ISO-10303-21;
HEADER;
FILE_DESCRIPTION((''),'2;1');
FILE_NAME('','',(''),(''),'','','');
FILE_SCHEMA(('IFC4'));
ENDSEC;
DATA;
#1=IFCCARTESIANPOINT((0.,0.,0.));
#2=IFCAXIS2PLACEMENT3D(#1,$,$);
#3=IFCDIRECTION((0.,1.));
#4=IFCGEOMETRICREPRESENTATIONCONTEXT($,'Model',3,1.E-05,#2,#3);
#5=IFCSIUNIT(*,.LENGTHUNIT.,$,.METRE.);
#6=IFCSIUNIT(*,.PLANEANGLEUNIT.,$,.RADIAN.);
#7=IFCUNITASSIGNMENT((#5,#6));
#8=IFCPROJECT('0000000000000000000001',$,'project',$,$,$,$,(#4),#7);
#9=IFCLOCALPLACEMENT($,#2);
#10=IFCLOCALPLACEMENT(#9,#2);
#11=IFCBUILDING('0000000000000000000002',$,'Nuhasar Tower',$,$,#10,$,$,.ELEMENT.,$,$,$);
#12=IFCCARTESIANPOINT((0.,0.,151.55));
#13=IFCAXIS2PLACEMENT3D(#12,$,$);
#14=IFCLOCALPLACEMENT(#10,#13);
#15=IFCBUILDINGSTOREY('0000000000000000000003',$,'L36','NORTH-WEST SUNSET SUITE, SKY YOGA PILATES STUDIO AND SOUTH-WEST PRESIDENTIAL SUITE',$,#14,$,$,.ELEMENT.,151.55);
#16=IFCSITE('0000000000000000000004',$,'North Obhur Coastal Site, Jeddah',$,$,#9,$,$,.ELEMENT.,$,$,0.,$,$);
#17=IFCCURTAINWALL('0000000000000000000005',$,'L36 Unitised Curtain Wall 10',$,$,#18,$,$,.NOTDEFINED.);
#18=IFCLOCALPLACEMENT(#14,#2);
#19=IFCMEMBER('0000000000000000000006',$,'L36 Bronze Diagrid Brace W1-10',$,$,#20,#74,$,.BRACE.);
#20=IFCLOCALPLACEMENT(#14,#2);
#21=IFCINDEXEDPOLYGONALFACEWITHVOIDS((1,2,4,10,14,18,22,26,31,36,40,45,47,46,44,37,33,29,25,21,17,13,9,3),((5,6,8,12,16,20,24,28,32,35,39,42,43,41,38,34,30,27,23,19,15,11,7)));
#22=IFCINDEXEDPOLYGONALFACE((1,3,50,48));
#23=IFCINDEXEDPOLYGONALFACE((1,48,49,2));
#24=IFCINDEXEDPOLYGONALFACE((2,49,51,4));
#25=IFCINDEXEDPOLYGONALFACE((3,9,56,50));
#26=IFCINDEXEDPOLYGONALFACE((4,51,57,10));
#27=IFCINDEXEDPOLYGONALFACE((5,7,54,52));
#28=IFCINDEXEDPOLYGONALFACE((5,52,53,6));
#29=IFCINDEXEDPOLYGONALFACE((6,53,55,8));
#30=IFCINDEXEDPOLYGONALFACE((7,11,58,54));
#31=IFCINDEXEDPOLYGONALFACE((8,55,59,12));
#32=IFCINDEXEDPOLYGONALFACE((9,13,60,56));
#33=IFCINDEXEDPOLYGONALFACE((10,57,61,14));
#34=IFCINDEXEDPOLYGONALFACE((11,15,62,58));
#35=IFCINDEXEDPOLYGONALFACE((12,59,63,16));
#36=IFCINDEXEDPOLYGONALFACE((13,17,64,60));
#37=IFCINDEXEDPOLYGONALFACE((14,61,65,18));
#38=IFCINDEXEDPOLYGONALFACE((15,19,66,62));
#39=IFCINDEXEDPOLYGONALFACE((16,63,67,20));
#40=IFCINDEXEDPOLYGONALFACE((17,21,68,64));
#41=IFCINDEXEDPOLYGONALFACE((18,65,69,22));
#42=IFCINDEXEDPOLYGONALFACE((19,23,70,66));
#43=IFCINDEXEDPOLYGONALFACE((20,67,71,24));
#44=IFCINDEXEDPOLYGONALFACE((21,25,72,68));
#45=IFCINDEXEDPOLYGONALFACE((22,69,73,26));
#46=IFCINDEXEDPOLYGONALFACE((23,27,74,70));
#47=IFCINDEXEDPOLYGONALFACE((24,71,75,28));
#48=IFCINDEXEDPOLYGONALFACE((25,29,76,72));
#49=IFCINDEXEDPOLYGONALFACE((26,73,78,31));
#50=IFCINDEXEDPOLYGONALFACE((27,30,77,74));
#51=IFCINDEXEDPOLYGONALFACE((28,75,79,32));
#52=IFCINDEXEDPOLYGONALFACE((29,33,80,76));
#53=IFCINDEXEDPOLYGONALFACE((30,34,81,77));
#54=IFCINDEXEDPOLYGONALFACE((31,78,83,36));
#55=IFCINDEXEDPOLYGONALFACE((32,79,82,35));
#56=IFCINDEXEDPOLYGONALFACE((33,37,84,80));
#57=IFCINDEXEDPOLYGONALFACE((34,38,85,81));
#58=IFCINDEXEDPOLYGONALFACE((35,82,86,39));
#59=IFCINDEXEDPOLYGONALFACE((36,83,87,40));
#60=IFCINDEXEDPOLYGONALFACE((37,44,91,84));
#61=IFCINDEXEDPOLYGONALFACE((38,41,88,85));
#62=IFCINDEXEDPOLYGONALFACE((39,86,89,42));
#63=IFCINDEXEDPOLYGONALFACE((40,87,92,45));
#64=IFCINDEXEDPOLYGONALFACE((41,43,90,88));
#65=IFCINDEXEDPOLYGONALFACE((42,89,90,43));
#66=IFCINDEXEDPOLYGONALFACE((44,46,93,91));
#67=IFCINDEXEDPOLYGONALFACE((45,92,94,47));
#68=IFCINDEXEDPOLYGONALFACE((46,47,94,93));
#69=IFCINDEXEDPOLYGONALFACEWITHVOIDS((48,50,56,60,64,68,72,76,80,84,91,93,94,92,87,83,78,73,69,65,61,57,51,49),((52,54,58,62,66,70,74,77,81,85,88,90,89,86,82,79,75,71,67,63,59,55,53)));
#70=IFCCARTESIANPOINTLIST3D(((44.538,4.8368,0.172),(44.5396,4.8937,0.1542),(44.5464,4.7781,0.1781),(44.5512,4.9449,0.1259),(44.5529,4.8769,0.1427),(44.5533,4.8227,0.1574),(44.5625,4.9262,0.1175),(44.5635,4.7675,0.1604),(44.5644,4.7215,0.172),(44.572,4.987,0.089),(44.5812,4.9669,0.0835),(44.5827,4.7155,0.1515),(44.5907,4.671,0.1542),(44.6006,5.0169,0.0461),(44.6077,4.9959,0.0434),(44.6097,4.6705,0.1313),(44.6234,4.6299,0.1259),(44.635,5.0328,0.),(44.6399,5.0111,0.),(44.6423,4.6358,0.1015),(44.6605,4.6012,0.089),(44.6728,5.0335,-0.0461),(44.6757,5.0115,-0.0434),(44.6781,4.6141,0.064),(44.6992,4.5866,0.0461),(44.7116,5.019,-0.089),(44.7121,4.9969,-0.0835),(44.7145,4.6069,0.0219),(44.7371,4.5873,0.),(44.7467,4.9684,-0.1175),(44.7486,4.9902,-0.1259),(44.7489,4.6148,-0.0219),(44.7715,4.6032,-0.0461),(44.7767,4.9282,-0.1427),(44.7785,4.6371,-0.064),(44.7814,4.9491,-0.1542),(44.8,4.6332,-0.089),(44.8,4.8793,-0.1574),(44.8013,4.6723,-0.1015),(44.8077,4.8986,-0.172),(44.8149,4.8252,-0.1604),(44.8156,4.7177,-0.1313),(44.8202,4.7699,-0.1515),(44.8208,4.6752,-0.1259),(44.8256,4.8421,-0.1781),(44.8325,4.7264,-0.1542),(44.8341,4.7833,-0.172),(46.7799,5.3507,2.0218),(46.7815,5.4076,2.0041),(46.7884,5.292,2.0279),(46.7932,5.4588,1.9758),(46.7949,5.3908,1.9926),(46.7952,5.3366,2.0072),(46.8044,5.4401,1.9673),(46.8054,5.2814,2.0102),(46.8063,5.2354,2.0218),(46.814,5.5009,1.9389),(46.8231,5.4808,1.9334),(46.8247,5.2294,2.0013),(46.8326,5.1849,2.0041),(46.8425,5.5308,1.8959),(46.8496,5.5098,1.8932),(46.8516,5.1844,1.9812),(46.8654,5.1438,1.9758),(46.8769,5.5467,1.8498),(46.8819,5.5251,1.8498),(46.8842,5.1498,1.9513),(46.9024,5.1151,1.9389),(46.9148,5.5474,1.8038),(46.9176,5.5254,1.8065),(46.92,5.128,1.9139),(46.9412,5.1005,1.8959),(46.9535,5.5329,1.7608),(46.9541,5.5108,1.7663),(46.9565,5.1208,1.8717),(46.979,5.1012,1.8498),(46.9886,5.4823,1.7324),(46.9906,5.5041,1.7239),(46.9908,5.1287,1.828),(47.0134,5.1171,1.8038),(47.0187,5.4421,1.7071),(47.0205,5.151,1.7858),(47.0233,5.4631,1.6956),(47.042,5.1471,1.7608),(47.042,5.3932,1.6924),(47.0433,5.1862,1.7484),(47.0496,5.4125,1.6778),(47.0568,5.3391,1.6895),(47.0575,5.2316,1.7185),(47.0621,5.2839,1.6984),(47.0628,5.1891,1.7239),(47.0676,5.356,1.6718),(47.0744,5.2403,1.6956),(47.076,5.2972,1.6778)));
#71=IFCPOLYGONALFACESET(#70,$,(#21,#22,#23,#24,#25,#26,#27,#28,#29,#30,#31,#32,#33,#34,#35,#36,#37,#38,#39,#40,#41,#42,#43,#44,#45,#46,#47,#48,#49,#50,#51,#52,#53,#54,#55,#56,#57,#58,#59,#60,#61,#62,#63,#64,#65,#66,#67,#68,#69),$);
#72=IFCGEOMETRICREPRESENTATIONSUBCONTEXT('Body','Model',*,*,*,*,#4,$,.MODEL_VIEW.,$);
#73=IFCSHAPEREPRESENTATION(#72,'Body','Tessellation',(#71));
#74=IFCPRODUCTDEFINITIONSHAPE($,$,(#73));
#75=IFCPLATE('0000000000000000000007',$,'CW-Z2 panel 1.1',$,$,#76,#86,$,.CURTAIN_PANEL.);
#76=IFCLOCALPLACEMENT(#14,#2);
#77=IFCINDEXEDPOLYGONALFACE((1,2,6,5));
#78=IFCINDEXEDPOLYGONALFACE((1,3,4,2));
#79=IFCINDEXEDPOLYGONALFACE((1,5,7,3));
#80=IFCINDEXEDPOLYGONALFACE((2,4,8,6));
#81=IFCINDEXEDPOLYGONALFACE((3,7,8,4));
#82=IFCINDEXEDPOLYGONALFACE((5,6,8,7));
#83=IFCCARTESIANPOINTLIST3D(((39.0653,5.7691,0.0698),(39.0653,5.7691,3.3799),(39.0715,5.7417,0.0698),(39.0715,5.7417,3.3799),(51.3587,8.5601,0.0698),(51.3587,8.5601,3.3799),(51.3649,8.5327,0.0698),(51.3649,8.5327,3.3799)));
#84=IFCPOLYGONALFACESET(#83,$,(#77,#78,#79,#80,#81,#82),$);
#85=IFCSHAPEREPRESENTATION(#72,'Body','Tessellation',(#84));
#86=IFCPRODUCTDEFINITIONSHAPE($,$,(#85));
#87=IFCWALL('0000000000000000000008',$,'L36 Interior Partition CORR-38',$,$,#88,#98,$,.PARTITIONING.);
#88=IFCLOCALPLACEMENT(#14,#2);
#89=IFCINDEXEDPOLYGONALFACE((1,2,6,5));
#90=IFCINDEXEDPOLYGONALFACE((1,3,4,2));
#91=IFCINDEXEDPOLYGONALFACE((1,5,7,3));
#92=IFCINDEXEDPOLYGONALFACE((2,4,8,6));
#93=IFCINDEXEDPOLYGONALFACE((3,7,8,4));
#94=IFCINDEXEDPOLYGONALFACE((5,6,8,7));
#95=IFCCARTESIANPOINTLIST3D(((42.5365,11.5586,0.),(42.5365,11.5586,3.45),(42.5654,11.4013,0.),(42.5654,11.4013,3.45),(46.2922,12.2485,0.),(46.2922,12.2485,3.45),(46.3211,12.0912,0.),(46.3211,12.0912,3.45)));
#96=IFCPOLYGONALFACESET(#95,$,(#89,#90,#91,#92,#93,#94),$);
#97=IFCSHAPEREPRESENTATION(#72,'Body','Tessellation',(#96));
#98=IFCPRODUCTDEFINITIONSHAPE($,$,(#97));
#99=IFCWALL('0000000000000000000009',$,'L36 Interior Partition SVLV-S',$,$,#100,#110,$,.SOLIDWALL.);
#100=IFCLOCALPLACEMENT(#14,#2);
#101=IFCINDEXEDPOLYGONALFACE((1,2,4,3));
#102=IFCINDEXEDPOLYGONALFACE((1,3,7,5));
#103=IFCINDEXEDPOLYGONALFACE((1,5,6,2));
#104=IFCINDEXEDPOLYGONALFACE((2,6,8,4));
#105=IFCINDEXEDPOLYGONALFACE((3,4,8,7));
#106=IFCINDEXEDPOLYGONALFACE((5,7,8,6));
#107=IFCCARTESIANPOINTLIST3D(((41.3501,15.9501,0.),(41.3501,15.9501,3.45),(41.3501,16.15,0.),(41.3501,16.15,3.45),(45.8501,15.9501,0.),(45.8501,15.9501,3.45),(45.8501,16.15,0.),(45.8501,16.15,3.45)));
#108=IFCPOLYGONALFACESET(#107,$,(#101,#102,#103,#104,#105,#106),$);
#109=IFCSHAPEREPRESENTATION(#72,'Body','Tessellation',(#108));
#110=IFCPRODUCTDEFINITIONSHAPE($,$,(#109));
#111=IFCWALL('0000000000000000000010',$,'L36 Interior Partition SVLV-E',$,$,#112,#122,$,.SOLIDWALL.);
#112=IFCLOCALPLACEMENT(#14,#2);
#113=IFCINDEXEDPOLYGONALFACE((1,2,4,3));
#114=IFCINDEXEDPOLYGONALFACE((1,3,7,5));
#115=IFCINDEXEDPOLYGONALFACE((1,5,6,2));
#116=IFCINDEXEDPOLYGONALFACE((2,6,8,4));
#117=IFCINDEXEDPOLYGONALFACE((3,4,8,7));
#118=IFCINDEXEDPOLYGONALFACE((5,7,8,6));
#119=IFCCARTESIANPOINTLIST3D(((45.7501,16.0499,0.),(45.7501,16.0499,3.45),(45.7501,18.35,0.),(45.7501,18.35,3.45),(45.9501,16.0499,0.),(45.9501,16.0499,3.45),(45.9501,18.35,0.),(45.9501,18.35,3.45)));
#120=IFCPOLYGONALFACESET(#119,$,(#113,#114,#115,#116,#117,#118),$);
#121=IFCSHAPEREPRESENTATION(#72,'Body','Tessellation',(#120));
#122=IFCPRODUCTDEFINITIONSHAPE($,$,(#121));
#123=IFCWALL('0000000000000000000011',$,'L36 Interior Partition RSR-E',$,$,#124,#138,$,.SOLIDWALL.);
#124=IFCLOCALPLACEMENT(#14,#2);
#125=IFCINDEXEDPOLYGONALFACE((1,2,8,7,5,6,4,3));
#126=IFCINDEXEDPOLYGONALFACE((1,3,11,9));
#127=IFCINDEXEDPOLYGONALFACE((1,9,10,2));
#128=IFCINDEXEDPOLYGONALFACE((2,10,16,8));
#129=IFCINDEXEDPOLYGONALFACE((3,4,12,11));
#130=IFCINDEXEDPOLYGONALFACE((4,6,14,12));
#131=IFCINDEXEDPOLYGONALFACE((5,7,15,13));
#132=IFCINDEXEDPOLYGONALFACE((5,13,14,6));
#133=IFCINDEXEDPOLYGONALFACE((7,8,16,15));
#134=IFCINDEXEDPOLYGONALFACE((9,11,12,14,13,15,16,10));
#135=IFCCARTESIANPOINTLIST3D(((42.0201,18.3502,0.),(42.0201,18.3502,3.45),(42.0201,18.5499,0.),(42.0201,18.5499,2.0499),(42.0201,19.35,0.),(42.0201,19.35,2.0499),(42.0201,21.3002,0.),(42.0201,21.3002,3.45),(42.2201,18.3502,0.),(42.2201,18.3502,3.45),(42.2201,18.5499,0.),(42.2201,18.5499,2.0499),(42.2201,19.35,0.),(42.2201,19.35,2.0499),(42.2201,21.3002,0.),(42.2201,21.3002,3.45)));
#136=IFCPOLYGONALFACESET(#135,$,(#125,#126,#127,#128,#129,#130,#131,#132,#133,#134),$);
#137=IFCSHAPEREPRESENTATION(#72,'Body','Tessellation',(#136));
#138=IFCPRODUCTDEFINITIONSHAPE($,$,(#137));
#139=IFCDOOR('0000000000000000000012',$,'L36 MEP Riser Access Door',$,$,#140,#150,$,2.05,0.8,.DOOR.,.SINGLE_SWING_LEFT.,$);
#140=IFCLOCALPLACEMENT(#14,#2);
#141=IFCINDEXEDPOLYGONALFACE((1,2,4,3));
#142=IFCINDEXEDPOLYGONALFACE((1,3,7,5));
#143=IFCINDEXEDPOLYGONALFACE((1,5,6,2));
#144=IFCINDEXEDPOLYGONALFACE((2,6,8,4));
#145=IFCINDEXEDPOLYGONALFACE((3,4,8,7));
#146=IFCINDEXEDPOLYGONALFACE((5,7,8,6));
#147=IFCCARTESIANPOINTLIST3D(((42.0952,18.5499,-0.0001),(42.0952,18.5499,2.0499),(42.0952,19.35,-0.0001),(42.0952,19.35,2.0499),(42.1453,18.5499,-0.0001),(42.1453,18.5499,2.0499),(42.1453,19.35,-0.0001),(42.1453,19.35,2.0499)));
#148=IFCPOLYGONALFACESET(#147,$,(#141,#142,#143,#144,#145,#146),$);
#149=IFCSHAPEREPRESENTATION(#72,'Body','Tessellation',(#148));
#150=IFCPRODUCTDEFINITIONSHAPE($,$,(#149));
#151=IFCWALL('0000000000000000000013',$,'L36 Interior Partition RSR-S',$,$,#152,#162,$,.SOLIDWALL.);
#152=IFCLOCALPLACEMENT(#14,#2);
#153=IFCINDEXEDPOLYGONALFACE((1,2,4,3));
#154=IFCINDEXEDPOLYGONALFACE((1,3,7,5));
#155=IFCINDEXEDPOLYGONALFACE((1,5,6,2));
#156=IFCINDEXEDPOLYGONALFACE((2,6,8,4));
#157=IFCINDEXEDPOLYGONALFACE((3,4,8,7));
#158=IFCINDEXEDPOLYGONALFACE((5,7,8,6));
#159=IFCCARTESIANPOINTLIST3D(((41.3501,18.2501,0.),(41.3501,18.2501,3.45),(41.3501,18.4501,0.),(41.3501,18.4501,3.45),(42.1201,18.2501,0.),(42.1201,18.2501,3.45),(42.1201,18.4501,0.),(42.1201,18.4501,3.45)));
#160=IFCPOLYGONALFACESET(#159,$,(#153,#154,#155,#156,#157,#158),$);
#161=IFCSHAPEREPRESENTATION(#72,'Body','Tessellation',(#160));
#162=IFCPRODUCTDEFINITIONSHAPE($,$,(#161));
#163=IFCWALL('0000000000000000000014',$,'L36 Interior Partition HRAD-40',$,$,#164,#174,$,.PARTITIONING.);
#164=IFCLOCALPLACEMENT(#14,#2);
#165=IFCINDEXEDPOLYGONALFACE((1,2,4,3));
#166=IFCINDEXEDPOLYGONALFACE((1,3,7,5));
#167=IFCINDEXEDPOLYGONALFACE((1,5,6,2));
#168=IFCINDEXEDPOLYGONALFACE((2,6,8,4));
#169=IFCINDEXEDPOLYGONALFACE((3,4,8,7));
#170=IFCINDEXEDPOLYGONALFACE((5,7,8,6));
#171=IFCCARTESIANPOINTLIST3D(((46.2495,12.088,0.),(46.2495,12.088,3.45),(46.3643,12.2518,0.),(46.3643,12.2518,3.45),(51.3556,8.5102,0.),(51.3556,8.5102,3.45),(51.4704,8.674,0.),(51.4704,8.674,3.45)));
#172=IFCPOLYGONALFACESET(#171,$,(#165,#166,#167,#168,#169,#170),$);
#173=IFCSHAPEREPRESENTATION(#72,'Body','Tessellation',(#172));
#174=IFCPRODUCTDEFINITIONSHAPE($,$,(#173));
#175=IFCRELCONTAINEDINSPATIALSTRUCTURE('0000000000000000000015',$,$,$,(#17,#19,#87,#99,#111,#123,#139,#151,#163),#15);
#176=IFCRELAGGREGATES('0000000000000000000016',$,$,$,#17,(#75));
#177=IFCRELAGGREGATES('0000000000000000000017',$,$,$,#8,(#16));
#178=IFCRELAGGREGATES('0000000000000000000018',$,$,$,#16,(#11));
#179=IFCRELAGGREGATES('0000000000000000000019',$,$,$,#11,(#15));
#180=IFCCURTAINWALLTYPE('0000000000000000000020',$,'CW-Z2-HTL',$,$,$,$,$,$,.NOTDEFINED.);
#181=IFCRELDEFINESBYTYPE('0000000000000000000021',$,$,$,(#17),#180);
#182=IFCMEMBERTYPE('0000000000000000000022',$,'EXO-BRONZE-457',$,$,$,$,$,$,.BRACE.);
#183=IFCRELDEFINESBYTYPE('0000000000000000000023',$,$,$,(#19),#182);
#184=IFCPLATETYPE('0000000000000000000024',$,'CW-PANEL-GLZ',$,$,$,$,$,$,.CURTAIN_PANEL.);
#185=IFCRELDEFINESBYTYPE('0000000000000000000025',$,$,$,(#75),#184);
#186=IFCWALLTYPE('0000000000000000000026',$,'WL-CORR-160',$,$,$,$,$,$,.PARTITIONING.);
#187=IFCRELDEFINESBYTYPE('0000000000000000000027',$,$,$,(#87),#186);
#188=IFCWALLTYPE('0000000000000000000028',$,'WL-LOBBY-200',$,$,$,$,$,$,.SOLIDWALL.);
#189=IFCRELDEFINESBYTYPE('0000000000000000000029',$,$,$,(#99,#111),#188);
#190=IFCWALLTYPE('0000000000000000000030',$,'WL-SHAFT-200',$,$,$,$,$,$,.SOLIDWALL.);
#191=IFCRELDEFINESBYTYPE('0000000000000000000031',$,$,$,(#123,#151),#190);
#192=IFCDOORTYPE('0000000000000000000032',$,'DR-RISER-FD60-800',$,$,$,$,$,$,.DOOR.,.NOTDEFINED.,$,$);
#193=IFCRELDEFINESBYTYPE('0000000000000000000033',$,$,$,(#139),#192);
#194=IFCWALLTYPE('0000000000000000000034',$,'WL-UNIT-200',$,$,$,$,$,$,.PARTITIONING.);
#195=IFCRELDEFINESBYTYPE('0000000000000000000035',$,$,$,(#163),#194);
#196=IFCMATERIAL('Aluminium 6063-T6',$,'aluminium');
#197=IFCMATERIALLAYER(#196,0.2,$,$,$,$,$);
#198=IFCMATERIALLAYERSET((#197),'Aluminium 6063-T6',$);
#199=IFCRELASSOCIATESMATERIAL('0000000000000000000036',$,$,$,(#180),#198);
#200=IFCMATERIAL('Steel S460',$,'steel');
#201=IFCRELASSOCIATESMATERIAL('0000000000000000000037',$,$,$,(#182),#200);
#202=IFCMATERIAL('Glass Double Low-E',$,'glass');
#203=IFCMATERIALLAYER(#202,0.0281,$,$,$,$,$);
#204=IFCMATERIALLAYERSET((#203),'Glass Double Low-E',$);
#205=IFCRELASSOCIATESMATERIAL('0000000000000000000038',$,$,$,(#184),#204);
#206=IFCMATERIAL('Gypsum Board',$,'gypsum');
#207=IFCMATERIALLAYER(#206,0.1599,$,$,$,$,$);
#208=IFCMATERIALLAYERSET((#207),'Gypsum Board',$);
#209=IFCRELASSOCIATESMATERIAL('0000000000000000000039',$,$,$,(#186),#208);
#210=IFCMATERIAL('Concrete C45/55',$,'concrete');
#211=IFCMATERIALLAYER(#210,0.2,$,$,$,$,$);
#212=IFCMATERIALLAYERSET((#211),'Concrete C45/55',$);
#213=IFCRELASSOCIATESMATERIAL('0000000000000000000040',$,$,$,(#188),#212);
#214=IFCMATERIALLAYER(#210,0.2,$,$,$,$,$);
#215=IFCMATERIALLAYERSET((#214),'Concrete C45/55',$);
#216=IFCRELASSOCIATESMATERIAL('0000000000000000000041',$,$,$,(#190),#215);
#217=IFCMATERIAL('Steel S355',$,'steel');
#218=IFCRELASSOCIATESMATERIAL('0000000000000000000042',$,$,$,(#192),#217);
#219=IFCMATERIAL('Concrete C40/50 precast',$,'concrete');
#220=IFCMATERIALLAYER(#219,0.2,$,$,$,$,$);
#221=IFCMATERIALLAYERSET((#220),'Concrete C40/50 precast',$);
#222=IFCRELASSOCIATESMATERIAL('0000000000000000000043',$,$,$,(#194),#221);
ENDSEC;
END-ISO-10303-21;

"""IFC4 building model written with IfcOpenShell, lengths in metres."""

from ifc_helpers import new_model, si_unit, direction, frame, frame_2d, origin, origin_2d, place, context, subcontext, project, spatial, rectangle, hollow_circle, extrude, material, layer, layer_set, material_profile, profile_set, type_object, element, fill, aggregate, save


model = new_model("IFC4")

# Units and contexts
model_context = context("Model", 3, precision=1e-05, world=origin(), true_north=direction((0.0, 1.0)))
body_context = subcontext(model_context, "Body", "Model", "MODEL_VIEW")
ifc_project = project(units=[si_unit("LENGTHUNIT", "METRE"), si_unit("PLANEANGLEUNIT", "RADIAN")], contexts=[model_context])

# Site, building, storey
site_placement = place(None, origin())
site = spatial("IfcSite", under=ifc_project, at=site_placement, Name="North Obhur Coastal Site, Jeddah", CompositionType="ELEMENT", RefElevation=0.0)
building_placement = place(site_placement, origin())
building = spatial("IfcBuilding", under=site, at=building_placement, Name="Nuhasar Tower", CompositionType="ELEMENT")
storey_placement = place(building_placement, frame((0.0, 0.0, 151.55)))
storey = spatial("IfcBuildingStorey", under=building, at=storey_placement, Name="L36", Description="NORTH-WEST SUNSET SUITE, SKY YOGA PILATES STUDIO AND SOUTH-WEST PRESIDENTIAL SUITE", CompositionType="ELEMENT", Elevation=151.55)

# Shared definitions
ifc_material_1 = material(Name="Steel S355", Category="steel")

# Shared definitions
ifc_material_2 = material(Name="Aluminium 6063-T6", Category="aluminium")
ifc_layer_1 = layer(ifc_material_2, 0.2)
ifc_layer_set_1 = layer_set([ifc_layer_1], Name="Aluminium 6063-T6")
curtain_wall_type = type_object("IfcCurtainWallType", Name="CW-Z2-HTL", PredefinedType="NOTDEFINED", material=ifc_layer_set_1)

# Curtain wall
curtain_wall_1_placement = place(storey_placement, origin())
curtain_wall_1 = element("IfcCurtainWall", 1, at=curtain_wall_1_placement, inside=storey, type_object=curtain_wall_type, Name="L36 Unitised Curtain Wall 10", PredefinedType="NOTDEFINED")

# Member
ifc_material_3 = material(Name="Steel S460", Category="steel")
ifc_material_profile_1 = material_profile(ifc_material_3, hollow_circle(Radius=0.2285, WallThickness=0.0222, at=origin_2d()), Name="HSS457X22.2")
ifc_profile_set_1 = profile_set([ifc_material_profile_1], Name="Steel S460")
member_type_1 = type_object("IfcMemberType", Name="EXO-BRONZE-457", PredefinedType="BRACE", material=ifc_profile_set_1)
member_1_placement = place(storey_placement, frame((44.686, 4.8101, 0.0), z_axis=(0.75955, 0.17411, 0.626713), x_axis=(-0.223433, 0.974719, 0.0)))
element("IfcMember", 2, at=member_1_placement, inside=storey, type_object=member_type_1, Name="L36 Bronze Diagrid Brace W1-10", PredefinedType="BRACE", context=body_context, shape_type="SweptSolid", body=[
    extrude(hollow_circle(Radius=0.2285, WallThickness=0.0222, at=origin_2d()), origin(), (0.0, 0.0, 1.0), 2.9517),
])

# Plate
ifc_material_4 = material(Name="Glass Double Low-E", Category="glass")
ifc_layer_2 = layer(ifc_material_4, 0.0281)
ifc_layer_set_2 = layer_set([ifc_layer_2], Name="Glass Double Low-E")
plate_type = type_object("IfcPlateType", Name="CW-PANEL-GLZ", PredefinedType="CURTAIN_PANEL", material=ifc_layer_set_2)
plate_placement = place(storey_placement, frame((45.2151, 7.1509, 0.0698), z_axis=(0.0, 0.0, 1.0), x_axis=(0.975184, 0.221397, 0.0)))
plate = element("IfcPlate", 3, at=plate_placement, type_object=plate_type, Name="CW-Z2 panel 1.1", PredefinedType="CURTAIN_PANEL", context=body_context, shape_type="SweptSolid", body=[
    extrude(rectangle(XDim=12.6062, YDim=0.0281, at=origin_2d()), origin(), (0.0, 0.0, 1.0), 3.3101),
])
aggregate(curtain_wall_1, [plate])

# Shared definitions
ifc_material_5 = material(Name="Gypsum Board", Category="gypsum")
ifc_layer_3 = layer(ifc_material_5, 0.1599)
ifc_layer_set_3 = layer_set([ifc_layer_3], Name="Gypsum Board")
wall_type_1 = type_object("IfcWallType", Name="WL-CORR-160", PredefinedType="PARTITIONING", material=ifc_layer_set_3)

# Wall
wall_1_placement = place(storey_placement, frame((42.551, 11.48, 0.0), z_axis=(0.0, 0.0, 1.0), x_axis=(0.983543, 0.180674, 0.0)))
element("IfcWall", 4, at=wall_1_placement, inside=storey, type_object=wall_type_1, Name="L36 Interior Partition CORR-38", PredefinedType="PARTITIONING", context=body_context, shape_type="SweptSolid", body=[
    extrude(rectangle(XDim=3.8186, YDim=0.1599, at=frame_2d((1.9092, 0.0))), origin(), (0.0, 0.0, 1.0), 3.45),
])

# Shared definitions
ifc_material_6 = material(Name="Concrete C45/55", Category="concrete")
ifc_layer_4 = layer(ifc_material_6, 0.2)
ifc_layer_set_4 = layer_set([ifc_layer_4], Name="Concrete C45/55")
wall_type_2 = type_object("IfcWallType", Name="WL-LOBBY-200", PredefinedType="SOLIDWALL", material=ifc_layer_set_4)

# Walls
wall_2_placement = place(storey_placement, frame((41.3501, 16.05, 0.0), z_axis=(0.0, 0.0, 1.0), x_axis=(1.0, 0.0, 0.0)))
element("IfcWall", 5, at=wall_2_placement, inside=storey, type_object=wall_type_2, Name="L36 Interior Partition SVLV-S", PredefinedType="SOLIDWALL", context=body_context, shape_type="SweptSolid", body=[
    extrude(rectangle(XDim=4.5, YDim=0.2, at=frame_2d((2.25, 0.0))), origin(), (0.0, 0.0, 1.0), 3.45),
])
wall_3_placement = place(storey_placement, frame((45.8501, 16.05, 0.0), z_axis=(0.0, 0.0, 1.0), x_axis=(0.0, 1.0, 0.0)))
element("IfcWall", 6, at=wall_3_placement, inside=storey, type_object=wall_type_2, Name="L36 Interior Partition SVLV-E", PredefinedType="SOLIDWALL", context=body_context, shape_type="SweptSolid", body=[
    extrude(rectangle(XDim=2.3, YDim=0.2, at=frame_2d((1.1499, 0.0))), origin(), (0.0, 0.0, 1.0), 3.45),
])

# Wall, opening, door
ifc_layer_5 = layer(ifc_material_6, 0.2)
ifc_layer_set_5 = layer_set([ifc_layer_5], Name="Concrete C45/55")
wall_type_3 = type_object("IfcWallType", Name="WL-SHAFT-200", PredefinedType="SOLIDWALL", material=ifc_layer_set_5)
wall_4_placement = place(storey_placement, frame((42.1201, 18.3501, 0.0), z_axis=(0.0, 0.0, 1.0), x_axis=(0.0, 1.0, 0.0)))
wall_4 = element("IfcWall", 7, at=wall_4_placement, inside=storey, type_object=wall_type_3, Name="L36 Interior Partition RSR-E", PredefinedType="SOLIDWALL", context=body_context, shape_type="SweptSolid", body=[
    extrude(rectangle(XDim=2.95, YDim=0.2, at=frame_2d((1.4751, 0.0))), origin(), (0.0, 0.0, 1.0), 3.45),
])
opening_1_placement = place(wall_4_placement, frame((0.2, 0.0, 0.0)))
opening_1 = element("IfcOpeningElement", 8, at=opening_1_placement, cuts=wall_4, PredefinedType="OPENING", context=body_context, shape_type="SweptSolid", body=[
    extrude(rectangle(XDim=0.8, YDim=2.05, at=frame_2d((0.3999, 1.0249))), frame((0.0, 0.1099, 0.0), z_axis=(0.0, -1.0, 0.0), x_axis=(1.0, 0.0, 0.0)), (0.0, 0.0, 1.0), 0.22),
])
door_type_1 = type_object("IfcDoorType", Name="DR-RISER-FD60-800", OperationType="NOTDEFINED", PredefinedType="DOOR", material=ifc_material_1)
door_1_placement = place(opening_1_placement, origin())
door_1 = element("IfcDoor", 9, at=door_1_placement, inside=storey, type_object=door_type_1, Name="L36 MEP Riser Access Door", OperationType="SINGLE_SWING_LEFT", OverallHeight=2.05, OverallWidth=0.8, PredefinedType="DOOR", context=body_context, shape_type="SweptSolid", body=[
    extrude(rectangle(XDim=0.8, YDim=2.05, at=frame_2d((0.3999, 1.0249))), frame((0.0, 0.0249, 0.0), z_axis=(0.0, -1.0, 0.0), x_axis=(1.0, 0.0, 0.0)), (0.0, 0.0, 1.0), 0.05),
])
fill(opening_1, door_1)

# Walls
wall_5_placement = place(storey_placement, frame((41.3501, 18.3501, 0.0), z_axis=(0.0, 0.0, 1.0), x_axis=(1.0, 0.0, 0.0)))
element("IfcWall", 10, at=wall_5_placement, inside=storey, type_object=wall_type_3, Name="L36 Interior Partition RSR-S", PredefinedType="SOLIDWALL", context=body_context, shape_type="SweptSolid", body=[
    extrude(rectangle(XDim=0.77, YDim=0.2, at=frame_2d((0.385, 0.0))), origin(), (0.0, 0.0, 1.0), 3.45),
])
ifc_material_7 = material(Name="Concrete C40/50 precast", Category="concrete")
ifc_layer_6 = layer(ifc_material_7, 0.2)
ifc_layer_set_6 = layer_set([ifc_layer_6], Name="Concrete C40/50 precast")
wall_type_4 = type_object("IfcWallType", Name="WL-UNIT-200", PredefinedType="PARTITIONING", material=ifc_layer_set_6)
wall_6_placement = place(storey_placement, frame((46.3069, 12.1699, 0.0), z_axis=(0.0, 0.0, 1.0), x_axis=(0.818965, -0.573843, 0.0)))
element("IfcWall", 11, at=wall_6_placement, inside=storey, type_object=wall_type_4, Name="L36 Interior Partition HRAD-40", PredefinedType="PARTITIONING", context=body_context, shape_type="SweptSolid", body=[
    extrude(rectangle(XDim=6.2349, YDim=0.2, at=frame_2d((3.1174, 0.0))), origin(), (0.0, 0.0, 1.0), 3.45),
])

save(model, "model.ifc")
